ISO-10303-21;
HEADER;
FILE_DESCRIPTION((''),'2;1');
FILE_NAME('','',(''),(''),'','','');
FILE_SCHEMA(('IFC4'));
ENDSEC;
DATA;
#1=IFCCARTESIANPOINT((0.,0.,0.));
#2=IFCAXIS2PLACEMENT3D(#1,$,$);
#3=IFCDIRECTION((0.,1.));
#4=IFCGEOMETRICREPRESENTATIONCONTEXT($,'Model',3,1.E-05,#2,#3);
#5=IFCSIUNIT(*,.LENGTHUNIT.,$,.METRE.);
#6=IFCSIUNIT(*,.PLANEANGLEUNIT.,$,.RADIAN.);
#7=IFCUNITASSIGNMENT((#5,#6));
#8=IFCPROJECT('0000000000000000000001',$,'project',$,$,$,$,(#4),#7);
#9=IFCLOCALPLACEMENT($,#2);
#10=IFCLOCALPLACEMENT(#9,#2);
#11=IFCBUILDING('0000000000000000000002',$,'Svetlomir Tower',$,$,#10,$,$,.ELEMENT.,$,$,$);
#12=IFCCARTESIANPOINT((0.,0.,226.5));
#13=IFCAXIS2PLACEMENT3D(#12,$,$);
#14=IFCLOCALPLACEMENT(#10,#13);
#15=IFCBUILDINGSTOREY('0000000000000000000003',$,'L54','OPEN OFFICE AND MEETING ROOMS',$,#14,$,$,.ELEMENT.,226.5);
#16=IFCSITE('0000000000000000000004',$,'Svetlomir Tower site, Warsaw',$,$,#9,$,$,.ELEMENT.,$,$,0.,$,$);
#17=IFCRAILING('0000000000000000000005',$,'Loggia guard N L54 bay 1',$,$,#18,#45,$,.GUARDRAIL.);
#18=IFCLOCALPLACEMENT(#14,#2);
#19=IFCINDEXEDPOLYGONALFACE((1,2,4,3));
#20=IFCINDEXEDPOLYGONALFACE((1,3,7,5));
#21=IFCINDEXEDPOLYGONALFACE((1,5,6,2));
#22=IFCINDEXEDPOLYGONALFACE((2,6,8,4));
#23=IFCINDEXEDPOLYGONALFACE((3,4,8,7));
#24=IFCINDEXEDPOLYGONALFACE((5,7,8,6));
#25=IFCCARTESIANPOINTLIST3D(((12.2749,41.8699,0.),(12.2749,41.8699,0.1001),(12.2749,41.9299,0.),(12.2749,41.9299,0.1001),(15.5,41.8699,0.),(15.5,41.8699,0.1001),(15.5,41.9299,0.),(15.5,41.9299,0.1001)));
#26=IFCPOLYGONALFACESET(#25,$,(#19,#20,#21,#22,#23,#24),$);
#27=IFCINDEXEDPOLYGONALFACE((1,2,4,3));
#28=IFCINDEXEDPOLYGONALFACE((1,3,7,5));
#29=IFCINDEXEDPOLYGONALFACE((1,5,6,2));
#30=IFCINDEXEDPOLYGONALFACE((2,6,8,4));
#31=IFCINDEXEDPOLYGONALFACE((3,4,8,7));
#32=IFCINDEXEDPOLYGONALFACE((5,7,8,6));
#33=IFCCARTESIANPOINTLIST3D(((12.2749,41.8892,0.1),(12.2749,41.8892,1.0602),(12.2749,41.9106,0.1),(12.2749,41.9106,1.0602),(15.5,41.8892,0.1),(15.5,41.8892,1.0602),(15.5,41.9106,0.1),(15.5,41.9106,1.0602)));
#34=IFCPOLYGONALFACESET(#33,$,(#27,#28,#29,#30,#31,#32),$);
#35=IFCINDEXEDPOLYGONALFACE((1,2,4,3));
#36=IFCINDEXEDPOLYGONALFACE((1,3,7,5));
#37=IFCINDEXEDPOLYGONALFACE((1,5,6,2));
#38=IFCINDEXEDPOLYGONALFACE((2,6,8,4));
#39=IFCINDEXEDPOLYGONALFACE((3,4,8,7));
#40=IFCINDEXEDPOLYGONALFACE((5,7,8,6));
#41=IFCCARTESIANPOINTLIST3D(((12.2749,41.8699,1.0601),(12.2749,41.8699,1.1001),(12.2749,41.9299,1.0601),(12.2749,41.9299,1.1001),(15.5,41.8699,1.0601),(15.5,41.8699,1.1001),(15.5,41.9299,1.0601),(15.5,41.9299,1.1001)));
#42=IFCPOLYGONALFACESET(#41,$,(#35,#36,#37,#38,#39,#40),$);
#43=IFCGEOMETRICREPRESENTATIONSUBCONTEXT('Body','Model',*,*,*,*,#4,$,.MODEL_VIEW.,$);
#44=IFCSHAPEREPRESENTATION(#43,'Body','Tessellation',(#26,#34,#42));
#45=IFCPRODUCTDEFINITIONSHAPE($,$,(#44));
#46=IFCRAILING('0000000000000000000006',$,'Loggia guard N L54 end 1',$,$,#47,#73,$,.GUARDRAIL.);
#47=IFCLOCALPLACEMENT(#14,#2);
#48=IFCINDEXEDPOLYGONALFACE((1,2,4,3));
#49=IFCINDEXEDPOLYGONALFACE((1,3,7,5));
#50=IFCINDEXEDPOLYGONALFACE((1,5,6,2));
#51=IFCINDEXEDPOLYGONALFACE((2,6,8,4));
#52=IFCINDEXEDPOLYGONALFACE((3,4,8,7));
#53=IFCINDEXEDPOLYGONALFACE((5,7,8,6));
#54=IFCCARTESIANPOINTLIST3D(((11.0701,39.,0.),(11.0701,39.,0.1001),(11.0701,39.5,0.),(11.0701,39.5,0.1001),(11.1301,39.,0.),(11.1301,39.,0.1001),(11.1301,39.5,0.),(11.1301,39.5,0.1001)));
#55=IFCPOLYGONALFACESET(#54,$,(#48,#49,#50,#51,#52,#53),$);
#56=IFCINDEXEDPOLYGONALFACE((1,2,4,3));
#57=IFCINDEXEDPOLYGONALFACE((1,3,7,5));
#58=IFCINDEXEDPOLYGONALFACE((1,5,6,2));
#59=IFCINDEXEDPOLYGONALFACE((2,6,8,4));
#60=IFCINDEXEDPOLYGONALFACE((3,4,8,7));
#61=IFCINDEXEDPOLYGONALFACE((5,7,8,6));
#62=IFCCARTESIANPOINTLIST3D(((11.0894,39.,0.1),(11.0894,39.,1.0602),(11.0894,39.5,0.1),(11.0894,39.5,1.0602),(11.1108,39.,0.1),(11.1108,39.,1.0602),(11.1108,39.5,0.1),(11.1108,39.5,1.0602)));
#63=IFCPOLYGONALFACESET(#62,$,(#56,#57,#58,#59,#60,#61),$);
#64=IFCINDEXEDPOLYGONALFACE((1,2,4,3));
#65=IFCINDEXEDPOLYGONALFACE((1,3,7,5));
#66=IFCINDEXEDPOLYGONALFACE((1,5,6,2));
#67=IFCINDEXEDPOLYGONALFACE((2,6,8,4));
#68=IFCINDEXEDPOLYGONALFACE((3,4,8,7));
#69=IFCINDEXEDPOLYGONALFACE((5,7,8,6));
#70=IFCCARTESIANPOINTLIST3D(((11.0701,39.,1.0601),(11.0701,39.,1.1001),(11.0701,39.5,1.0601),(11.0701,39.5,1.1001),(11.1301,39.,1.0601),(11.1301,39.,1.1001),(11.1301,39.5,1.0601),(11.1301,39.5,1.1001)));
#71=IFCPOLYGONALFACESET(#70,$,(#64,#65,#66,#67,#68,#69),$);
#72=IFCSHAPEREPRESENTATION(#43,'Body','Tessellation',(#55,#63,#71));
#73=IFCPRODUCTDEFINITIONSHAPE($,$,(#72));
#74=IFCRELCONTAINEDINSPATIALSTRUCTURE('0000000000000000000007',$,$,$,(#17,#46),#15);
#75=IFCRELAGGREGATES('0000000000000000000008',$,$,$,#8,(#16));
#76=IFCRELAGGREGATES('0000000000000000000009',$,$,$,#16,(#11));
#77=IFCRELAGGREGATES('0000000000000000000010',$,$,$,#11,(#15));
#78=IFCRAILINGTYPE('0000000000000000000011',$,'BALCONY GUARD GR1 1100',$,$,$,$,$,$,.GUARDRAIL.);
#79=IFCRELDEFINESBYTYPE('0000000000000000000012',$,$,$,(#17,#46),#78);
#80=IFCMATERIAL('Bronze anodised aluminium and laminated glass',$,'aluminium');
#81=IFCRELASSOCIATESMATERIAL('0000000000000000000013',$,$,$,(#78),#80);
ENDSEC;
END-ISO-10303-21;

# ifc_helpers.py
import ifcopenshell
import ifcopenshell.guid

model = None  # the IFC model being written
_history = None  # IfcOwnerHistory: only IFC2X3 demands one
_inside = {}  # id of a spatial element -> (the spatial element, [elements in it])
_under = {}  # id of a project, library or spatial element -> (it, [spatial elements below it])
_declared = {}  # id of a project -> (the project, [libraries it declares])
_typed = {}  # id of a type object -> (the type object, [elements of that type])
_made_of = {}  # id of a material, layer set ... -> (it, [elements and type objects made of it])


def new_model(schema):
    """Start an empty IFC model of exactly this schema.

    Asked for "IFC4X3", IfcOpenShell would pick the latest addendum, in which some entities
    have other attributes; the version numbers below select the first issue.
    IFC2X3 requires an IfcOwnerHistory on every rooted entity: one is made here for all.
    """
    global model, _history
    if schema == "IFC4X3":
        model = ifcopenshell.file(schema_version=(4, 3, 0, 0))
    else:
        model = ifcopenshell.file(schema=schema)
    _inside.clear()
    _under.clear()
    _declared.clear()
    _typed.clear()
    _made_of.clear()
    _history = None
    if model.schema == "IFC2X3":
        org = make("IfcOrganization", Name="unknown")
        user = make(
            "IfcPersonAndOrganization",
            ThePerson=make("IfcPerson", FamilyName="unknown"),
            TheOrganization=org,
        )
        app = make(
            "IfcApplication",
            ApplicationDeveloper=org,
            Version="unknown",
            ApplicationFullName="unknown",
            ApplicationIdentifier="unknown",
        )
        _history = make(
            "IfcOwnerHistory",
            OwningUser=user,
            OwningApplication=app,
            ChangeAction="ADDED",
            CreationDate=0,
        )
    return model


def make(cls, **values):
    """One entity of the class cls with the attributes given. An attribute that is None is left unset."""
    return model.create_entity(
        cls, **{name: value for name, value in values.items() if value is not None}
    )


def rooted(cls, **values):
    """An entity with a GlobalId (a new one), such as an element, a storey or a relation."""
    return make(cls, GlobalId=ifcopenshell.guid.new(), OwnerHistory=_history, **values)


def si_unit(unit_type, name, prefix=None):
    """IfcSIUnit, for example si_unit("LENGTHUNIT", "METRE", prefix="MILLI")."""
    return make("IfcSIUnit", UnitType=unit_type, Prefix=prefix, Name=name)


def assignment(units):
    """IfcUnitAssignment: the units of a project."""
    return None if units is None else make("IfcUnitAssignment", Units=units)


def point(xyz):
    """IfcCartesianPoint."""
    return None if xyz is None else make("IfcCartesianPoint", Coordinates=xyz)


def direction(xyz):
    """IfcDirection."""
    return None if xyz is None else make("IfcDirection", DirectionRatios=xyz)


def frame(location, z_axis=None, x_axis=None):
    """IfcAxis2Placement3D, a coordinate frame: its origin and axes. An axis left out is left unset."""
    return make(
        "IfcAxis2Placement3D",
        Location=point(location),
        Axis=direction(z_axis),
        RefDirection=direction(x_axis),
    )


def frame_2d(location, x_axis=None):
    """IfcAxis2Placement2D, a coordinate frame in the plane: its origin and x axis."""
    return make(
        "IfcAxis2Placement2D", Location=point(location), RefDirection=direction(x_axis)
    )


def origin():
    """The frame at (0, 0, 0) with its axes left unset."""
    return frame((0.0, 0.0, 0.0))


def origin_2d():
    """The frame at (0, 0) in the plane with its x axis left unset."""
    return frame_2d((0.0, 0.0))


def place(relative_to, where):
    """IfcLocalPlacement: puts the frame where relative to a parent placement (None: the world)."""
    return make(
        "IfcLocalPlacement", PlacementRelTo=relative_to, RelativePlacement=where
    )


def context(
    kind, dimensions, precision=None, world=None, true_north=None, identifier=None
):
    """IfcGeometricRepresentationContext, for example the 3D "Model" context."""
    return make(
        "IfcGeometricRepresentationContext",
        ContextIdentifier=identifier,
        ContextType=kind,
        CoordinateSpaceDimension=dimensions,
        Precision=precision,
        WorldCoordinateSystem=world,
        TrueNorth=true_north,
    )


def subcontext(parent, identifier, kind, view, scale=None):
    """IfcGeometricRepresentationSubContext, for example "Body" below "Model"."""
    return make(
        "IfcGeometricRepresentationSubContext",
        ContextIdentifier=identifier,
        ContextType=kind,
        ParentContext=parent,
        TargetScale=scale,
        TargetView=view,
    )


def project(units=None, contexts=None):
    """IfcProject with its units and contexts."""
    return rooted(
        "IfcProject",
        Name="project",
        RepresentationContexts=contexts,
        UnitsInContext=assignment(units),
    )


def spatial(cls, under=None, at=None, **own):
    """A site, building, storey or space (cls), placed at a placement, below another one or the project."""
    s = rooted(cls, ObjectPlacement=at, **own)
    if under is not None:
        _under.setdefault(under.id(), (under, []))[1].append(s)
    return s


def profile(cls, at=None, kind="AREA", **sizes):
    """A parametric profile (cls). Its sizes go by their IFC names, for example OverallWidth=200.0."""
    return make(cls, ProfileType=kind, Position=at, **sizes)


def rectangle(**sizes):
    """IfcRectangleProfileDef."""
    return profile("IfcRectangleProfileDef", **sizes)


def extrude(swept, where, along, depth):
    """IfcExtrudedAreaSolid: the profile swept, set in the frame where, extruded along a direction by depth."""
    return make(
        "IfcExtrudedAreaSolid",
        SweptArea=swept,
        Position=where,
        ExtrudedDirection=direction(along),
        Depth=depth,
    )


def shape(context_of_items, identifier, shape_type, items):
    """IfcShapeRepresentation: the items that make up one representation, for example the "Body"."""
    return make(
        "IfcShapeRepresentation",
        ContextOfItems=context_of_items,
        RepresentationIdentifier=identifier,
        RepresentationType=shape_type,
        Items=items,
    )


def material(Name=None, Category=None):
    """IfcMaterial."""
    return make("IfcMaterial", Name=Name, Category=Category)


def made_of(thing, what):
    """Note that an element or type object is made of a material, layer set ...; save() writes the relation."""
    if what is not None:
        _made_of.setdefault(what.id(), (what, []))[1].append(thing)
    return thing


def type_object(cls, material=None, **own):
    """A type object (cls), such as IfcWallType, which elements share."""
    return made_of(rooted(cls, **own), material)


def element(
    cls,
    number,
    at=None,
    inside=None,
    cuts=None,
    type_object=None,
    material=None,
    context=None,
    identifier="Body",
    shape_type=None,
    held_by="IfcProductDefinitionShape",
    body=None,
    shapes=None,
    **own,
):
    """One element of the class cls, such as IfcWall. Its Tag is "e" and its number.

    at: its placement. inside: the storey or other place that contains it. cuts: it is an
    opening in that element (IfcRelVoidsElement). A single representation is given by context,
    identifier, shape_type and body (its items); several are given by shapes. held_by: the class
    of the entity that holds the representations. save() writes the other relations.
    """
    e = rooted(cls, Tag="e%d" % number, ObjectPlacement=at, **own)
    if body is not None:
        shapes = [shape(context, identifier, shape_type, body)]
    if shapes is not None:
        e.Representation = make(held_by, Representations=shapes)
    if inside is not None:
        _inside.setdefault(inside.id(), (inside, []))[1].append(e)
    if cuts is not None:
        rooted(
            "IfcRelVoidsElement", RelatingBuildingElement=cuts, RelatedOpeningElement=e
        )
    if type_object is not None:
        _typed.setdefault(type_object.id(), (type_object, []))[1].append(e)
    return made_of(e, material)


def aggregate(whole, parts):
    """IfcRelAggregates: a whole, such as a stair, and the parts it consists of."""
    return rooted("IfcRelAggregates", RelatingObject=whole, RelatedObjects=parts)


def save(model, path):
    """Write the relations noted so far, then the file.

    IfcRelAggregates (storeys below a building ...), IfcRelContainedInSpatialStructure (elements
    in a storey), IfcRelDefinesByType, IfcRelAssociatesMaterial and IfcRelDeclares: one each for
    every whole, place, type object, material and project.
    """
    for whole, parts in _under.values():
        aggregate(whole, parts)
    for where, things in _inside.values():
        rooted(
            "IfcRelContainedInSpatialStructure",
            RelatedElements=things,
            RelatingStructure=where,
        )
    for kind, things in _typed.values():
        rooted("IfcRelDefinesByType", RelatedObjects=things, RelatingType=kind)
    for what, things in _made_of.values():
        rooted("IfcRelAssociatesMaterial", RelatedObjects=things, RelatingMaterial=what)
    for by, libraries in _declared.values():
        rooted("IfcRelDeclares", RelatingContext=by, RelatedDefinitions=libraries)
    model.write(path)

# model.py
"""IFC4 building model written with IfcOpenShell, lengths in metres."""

from ifc_helpers import new_model, si_unit, direction, frame, origin, origin_2d, place, context, subcontext, project, spatial, rectangle, extrude, material, type_object, element, save


model = new_model("IFC4")

# Units and contexts
model_context = context("Model", 3, precision=1e-05, world=origin(), true_north=direction((0.0, 1.0)))
body_context = subcontext(model_context, "Body", "Model", "MODEL_VIEW")
ifc_project = project(units=[si_unit("LENGTHUNIT", "METRE"), si_unit("PLANEANGLEUNIT", "RADIAN")], contexts=[model_context])

# Site, building, storey
site_placement = place(None, origin())
site = spatial("IfcSite", under=ifc_project, at=site_placement, Name="Svetlomir Tower site, Warsaw", CompositionType="ELEMENT", RefElevation=0.0)
building_placement = place(site_placement, origin())
building = spatial("IfcBuilding", under=site, at=building_placement, Name="Svetlomir Tower", CompositionType="ELEMENT")
storey_placement = place(building_placement, frame((0.0, 0.0, 226.5)))
storey = spatial("IfcBuildingStorey", under=building, at=storey_placement, Name="L54", Description="OPEN OFFICE AND MEETING ROOMS", CompositionType="ELEMENT", Elevation=226.5)

# Railings
ifc_material_1 = material(Name="Bronze anodised aluminium and laminated glass", Category="aluminium")
railing_type = type_object("IfcRailingType", Name="BALCONY GUARD GR1 1100", PredefinedType="GUARDRAIL", material=ifc_material_1)
railing_1_placement = place(storey_placement, frame((12.2749, 41.8999, 0.0)))
element("IfcRailing", 1, at=railing_1_placement, inside=storey, type_object=railing_type, Name="Loggia guard N L54 bay 1", PredefinedType="GUARDRAIL", context=body_context, shape_type="SweptSolid", body=[
    extrude(rectangle(XDim=0.0601, YDim=0.1001, at=origin_2d()), frame((0.0, 0.0, 0.05), z_axis=(1.0, 0.0, 0.0), x_axis=(0.0, 1.0, 0.0)), (0.0, 0.0, 1.0), 3.2251),
    extrude(rectangle(XDim=0.0215, YDim=0.9602, at=origin_2d()), frame((0.0, 0.0, 0.5801), z_axis=(1.0, 0.0, 0.0), x_axis=(0.0, 1.0, 0.0)), (0.0, 0.0, 1.0), 3.2251),
    extrude(rectangle(XDim=0.0601, YDim=0.04, at=origin_2d()), frame((0.0, 0.0, 1.0801), z_axis=(1.0, 0.0, 0.0), x_axis=(0.0, 1.0, 0.0)), (0.0, 0.0, 1.0), 3.2251),
])
railing_2_placement = place(storey_placement, frame((11.1001, 39.5, 0.0)))
element("IfcRailing", 2, at=railing_2_placement, inside=storey, type_object=railing_type, Name="Loggia guard N L54 end 1", PredefinedType="GUARDRAIL", context=body_context, shape_type="SweptSolid", body=[
    extrude(rectangle(XDim=0.0601, YDim=0.1001, at=origin_2d()), frame((0.0, 0.0, 0.05), z_axis=(0.0, -1.0, 0.0), x_axis=(1.0, 0.0, 0.0)), (0.0, 0.0, 1.0), 0.5),
    extrude(rectangle(XDim=0.0215, YDim=0.9602, at=origin_2d()), frame((0.0, 0.0, 0.5801), z_axis=(0.0, -1.0, 0.0), x_axis=(1.0, 0.0, 0.0)), (0.0, 0.0, 1.0), 0.5),
    extrude(rectangle(XDim=0.0601, YDim=0.04, at=origin_2d()), frame((0.0, 0.0, 1.0801), z_axis=(0.0, -1.0, 0.0), x_axis=(1.0, 0.0, 0.0)), (0.0, 0.0, 1.0), 0.5),
])

save(model, "model.ifc")
